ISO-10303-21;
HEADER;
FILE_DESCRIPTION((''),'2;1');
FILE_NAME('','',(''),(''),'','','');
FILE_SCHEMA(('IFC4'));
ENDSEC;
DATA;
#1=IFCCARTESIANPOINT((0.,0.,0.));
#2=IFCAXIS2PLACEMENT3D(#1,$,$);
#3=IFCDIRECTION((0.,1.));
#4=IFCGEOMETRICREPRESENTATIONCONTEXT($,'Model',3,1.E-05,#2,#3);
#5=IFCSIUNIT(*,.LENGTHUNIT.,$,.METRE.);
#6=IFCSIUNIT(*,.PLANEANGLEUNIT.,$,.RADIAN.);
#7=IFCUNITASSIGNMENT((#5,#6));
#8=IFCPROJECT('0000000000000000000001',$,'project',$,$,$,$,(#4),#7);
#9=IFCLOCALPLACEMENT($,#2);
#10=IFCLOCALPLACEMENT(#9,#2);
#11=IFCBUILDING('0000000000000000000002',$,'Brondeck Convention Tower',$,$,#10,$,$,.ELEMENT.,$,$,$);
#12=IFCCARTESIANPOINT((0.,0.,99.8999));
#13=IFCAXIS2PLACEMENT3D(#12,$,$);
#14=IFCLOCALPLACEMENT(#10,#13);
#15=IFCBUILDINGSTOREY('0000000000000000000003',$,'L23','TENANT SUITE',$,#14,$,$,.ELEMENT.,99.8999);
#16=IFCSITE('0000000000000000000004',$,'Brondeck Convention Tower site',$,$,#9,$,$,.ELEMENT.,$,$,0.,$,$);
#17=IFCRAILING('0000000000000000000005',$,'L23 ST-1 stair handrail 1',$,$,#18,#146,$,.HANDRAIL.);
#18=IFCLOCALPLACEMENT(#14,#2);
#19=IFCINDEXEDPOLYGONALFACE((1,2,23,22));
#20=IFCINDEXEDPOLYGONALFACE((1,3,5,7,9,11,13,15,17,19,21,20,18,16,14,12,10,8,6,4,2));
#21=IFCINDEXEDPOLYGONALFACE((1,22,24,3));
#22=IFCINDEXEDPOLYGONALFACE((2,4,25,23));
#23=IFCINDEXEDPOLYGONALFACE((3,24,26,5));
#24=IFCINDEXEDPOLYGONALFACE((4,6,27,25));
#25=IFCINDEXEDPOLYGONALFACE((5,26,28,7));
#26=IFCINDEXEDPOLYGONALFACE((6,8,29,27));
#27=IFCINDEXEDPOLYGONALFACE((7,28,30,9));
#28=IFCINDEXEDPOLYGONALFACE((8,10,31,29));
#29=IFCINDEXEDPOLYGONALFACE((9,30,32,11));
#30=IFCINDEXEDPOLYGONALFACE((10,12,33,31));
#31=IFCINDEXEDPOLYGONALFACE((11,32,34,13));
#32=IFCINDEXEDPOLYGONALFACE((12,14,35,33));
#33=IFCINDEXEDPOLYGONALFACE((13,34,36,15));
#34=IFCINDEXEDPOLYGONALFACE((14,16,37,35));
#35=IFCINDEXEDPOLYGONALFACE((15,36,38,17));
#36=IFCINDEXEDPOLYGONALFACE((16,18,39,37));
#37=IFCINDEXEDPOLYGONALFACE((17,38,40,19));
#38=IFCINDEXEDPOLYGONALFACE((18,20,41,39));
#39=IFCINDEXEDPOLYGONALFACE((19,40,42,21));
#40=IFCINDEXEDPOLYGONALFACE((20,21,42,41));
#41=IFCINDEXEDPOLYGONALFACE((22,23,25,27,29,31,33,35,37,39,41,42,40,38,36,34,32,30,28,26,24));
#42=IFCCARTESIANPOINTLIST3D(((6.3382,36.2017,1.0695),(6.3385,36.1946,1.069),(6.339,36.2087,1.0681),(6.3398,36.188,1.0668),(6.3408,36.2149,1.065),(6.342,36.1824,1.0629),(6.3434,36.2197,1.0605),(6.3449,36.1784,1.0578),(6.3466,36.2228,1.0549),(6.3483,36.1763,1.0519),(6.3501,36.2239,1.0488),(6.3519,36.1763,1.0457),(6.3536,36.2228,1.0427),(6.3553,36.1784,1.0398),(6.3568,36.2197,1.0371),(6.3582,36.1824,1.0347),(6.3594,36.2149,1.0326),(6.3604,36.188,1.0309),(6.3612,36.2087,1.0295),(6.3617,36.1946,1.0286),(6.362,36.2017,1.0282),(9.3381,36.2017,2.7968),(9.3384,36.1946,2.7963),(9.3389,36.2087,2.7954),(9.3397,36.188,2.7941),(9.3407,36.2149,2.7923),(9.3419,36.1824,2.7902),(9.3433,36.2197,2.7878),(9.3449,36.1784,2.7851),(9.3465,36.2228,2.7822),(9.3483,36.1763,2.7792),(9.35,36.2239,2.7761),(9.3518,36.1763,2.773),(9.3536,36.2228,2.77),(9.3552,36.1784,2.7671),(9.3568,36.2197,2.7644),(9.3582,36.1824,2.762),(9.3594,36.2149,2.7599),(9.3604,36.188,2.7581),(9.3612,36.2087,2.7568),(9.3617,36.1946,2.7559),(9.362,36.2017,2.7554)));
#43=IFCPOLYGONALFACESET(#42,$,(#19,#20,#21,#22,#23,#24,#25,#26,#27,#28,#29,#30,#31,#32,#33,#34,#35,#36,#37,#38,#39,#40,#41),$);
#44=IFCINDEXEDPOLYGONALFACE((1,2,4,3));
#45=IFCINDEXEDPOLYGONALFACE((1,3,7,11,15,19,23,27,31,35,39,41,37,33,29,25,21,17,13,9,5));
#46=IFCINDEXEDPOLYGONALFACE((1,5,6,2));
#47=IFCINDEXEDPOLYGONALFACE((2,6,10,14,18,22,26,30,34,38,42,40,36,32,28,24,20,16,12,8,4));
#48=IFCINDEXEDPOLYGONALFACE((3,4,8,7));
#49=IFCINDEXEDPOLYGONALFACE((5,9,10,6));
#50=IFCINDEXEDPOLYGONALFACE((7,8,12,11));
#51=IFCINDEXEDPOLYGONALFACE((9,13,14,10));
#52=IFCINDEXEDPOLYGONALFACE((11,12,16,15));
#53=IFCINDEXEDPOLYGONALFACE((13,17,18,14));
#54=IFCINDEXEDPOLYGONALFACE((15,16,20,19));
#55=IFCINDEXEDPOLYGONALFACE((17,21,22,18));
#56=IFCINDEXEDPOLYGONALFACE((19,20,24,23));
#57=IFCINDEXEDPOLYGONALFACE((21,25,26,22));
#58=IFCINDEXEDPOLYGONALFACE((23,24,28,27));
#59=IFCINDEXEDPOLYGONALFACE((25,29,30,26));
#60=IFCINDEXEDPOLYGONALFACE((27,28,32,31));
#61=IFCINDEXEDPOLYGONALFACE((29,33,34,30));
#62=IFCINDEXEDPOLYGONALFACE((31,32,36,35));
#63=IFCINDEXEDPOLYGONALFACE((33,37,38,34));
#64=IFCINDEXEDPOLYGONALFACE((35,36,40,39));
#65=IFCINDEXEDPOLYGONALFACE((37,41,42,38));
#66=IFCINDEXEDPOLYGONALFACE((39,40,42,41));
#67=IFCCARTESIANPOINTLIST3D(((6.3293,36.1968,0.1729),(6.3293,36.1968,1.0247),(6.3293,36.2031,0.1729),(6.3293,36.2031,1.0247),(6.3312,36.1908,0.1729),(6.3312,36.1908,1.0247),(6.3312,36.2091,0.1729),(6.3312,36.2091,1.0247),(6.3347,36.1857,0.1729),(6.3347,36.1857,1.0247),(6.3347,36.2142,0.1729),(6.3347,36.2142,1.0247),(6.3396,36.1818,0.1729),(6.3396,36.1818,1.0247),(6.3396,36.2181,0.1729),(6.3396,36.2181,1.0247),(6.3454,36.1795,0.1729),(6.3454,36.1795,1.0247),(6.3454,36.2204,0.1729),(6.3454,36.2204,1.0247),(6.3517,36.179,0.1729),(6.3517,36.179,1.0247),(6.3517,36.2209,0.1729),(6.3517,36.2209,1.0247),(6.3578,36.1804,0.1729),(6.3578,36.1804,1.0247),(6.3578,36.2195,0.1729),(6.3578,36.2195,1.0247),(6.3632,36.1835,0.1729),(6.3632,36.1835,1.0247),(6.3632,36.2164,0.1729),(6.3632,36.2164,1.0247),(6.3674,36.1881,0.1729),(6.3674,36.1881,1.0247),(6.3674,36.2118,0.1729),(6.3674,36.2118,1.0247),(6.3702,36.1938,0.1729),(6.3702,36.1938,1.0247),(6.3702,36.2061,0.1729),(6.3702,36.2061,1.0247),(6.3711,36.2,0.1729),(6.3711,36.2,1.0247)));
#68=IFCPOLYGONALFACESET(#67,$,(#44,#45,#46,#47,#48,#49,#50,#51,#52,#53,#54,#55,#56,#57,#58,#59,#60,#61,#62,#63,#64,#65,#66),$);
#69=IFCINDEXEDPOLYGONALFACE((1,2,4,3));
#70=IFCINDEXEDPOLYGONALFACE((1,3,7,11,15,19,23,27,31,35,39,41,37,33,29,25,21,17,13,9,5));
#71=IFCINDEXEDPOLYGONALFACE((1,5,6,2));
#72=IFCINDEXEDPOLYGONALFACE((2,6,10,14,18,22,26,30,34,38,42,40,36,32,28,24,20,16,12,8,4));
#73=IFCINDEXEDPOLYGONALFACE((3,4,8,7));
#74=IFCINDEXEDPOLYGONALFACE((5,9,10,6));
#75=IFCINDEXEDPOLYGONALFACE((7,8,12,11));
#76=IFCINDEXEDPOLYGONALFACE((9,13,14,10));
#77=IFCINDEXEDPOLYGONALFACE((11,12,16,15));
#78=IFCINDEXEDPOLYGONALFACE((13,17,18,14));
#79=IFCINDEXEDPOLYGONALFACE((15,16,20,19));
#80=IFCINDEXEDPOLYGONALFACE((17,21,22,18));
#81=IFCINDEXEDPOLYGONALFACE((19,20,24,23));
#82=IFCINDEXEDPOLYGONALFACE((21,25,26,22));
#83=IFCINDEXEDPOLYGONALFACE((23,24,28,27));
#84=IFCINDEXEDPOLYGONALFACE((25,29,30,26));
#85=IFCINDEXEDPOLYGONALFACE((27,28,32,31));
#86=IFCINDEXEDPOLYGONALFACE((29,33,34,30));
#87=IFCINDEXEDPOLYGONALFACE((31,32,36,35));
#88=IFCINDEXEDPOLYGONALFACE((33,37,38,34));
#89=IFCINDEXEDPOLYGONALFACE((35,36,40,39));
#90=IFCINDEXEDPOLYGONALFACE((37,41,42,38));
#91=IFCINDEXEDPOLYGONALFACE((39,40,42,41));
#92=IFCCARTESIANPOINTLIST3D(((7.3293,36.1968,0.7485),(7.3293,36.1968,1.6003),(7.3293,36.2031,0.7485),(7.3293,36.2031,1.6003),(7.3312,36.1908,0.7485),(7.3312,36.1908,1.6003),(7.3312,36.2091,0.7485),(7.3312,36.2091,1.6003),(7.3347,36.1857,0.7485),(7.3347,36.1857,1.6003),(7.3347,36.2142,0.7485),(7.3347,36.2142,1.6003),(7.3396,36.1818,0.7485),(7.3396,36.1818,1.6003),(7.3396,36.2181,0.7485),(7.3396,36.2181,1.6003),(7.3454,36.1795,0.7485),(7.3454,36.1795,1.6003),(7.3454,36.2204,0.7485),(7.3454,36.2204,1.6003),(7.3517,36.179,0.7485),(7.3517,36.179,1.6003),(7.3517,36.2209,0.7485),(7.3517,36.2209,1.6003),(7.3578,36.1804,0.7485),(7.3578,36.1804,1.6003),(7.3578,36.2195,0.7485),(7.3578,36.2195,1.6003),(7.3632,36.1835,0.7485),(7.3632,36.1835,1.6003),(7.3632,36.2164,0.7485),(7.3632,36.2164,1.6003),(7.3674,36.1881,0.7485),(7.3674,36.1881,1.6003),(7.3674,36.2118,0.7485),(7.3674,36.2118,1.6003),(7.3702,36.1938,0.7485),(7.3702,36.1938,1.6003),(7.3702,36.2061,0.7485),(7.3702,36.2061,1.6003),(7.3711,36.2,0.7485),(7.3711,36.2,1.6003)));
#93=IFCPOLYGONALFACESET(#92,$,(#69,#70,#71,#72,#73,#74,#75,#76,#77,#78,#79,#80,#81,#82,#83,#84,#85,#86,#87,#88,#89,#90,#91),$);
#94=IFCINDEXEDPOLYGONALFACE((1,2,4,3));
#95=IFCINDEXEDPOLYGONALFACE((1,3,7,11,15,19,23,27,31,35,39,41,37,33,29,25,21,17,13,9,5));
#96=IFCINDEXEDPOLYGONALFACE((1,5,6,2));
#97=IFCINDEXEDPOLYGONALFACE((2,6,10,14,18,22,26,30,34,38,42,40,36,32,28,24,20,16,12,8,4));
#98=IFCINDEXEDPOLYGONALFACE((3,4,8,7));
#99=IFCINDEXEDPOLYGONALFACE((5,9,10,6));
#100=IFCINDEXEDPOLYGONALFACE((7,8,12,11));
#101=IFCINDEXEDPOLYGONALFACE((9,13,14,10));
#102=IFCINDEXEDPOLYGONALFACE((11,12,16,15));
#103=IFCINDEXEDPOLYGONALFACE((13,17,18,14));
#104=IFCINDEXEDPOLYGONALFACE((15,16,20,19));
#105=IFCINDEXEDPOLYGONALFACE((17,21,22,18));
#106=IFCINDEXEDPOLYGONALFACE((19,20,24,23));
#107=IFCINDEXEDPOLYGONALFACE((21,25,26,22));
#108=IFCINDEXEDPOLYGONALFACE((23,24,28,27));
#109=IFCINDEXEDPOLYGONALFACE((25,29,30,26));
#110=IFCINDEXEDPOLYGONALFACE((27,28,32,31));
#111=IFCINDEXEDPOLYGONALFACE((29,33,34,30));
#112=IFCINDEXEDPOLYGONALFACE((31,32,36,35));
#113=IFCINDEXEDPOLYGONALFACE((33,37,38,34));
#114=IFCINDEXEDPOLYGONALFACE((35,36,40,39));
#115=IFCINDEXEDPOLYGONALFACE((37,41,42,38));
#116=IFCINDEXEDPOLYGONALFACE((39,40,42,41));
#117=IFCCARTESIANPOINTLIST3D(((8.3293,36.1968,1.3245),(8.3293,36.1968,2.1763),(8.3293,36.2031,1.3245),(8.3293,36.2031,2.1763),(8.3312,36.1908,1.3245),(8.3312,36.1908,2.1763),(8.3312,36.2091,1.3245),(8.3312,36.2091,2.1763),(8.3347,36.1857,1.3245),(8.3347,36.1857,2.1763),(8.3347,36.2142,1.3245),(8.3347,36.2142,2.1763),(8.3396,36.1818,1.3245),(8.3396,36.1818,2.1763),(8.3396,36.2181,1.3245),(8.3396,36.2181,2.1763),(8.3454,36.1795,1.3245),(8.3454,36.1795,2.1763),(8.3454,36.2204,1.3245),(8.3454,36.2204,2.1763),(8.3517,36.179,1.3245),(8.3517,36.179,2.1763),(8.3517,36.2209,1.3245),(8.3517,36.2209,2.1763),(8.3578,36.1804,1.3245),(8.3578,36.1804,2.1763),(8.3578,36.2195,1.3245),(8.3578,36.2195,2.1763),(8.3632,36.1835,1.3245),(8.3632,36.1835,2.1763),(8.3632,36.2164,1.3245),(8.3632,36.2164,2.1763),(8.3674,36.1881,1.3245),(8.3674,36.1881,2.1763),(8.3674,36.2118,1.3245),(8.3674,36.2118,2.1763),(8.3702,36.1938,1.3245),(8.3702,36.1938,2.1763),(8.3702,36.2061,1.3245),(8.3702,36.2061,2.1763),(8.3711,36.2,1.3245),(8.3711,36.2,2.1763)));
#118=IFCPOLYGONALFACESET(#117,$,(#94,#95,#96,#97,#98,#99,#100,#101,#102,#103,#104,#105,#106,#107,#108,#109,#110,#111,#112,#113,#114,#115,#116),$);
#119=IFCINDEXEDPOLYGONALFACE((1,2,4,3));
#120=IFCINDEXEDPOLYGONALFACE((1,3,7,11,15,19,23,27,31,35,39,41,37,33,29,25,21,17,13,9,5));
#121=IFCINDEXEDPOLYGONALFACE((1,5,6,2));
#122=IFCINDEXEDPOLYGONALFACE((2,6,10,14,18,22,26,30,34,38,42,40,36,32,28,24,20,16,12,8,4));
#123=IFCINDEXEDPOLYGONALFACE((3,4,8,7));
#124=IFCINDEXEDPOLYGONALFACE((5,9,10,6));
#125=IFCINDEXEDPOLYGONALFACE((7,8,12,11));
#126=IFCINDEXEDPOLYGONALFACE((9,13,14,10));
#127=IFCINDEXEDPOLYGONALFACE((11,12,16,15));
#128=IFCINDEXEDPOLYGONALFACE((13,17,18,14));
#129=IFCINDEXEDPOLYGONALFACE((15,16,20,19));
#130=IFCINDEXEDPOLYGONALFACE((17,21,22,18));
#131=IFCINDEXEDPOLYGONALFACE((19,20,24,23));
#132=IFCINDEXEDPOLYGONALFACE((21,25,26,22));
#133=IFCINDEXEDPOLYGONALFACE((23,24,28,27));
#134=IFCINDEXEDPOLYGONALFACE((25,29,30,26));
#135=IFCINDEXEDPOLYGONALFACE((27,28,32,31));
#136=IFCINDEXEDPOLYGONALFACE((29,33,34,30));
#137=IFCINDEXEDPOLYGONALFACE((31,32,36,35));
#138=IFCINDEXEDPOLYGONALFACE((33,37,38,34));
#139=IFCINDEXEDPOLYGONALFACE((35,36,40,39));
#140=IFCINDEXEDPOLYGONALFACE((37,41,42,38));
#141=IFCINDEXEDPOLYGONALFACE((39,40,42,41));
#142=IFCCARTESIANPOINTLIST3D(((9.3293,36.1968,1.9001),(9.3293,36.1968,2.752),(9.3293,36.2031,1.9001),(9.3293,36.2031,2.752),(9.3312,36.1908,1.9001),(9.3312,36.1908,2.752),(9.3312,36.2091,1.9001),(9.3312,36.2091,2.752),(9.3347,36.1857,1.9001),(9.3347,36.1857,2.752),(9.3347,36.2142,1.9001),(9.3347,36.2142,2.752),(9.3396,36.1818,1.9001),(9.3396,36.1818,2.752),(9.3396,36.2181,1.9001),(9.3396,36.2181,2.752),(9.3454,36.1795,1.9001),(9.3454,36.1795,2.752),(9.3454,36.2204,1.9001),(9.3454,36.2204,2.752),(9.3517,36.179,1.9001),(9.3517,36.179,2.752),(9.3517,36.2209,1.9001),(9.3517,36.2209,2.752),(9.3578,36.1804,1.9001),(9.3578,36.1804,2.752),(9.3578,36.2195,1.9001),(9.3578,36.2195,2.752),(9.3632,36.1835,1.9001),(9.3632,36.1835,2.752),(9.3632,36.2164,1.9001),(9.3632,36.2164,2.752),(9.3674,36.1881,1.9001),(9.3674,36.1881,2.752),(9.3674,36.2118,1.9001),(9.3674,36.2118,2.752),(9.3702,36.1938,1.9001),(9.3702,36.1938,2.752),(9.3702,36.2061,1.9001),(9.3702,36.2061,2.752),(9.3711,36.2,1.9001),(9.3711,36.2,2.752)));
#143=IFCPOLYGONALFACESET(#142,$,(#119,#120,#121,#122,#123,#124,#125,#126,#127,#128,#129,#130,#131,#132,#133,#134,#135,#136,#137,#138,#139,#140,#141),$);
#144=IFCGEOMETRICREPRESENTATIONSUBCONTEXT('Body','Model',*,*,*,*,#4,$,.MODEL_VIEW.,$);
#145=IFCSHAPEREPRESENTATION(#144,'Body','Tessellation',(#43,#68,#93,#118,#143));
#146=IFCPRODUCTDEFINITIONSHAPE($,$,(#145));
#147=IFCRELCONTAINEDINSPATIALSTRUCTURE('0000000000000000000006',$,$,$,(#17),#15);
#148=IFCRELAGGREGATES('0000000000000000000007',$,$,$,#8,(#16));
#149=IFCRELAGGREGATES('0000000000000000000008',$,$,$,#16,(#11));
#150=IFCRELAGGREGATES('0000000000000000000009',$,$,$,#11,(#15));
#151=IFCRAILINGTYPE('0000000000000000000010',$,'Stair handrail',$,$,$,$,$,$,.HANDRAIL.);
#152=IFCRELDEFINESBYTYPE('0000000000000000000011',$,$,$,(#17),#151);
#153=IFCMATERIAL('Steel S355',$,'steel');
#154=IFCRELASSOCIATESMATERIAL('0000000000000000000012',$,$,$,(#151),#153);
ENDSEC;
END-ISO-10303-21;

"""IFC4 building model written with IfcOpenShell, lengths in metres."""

from ifc_helpers import new_model, si_unit, direction, frame, origin, origin_2d, place, context, subcontext, project, spatial, circle, extrude, material, type_object, element, save


model = new_model("IFC4")

# Units and contexts
model_context = context("Model", 3, precision=1e-05, world=origin(), true_north=direction((0.0, 1.0)))
body_context = subcontext(model_context, "Body", "Model", "MODEL_VIEW")
ifc_project = project(units=[si_unit("LENGTHUNIT", "METRE"), si_unit("PLANEANGLEUNIT", "RADIAN")], contexts=[model_context])

# Site, building, storey
site_placement = place(None, origin())
site = spatial("IfcSite", under=ifc_project, at=site_placement, Name="Brondeck Convention Tower site", CompositionType="ELEMENT", RefElevation=0.0)
building_placement = place(site_placement, origin())
building = spatial("IfcBuilding", under=site, at=building_placement, Name="Brondeck Convention Tower", CompositionType="ELEMENT")
storey_placement = place(building_placement, frame((0.0, 0.0, 99.8999)))
storey = spatial("IfcBuildingStorey", under=building, at=storey_placement, Name="L23", Description="TENANT SUITE", CompositionType="ELEMENT", Elevation=99.8999)

# Railing
ifc_material_1 = material(Name="Steel S355", Category="steel")
railing_type_1 = type_object("IfcRailingType", Name="Stair handrail", PredefinedType="HANDRAIL", material=ifc_material_1)
railing_1_placement = place(storey_placement, frame((6.3501, 36.2, 0.1729)))
element("IfcRailing", 1, at=railing_1_placement, inside=storey, type_object=railing_type_1, Name="L23 ST-1 stair handrail 1", PredefinedType="HANDRAIL", context=body_context, shape_type="SweptSolid", body=[
    extrude(circle(Radius=0.0239, at=origin_2d()), frame((0.0, 0.0, 0.876), z_axis=(0.86662, 0.0, 0.498969), x_axis=(0.0, 1.0, 0.0)), (0.0, 0.0, 1.0), 3.4617),
    extrude(circle(Radius=0.021, at=origin_2d()), origin(), (0.0, 0.0, 1.0), 0.8518),
    extrude(circle(Radius=0.021, at=origin_2d()), frame((1.0, 0.0, 0.5757)), (0.0, 0.0, 1.0), 0.8518),
    extrude(circle(Radius=0.021, at=origin_2d()), frame((2.0, 0.0, 1.1516)), (0.0, 0.0, 1.0), 0.8518),
    extrude(circle(Radius=0.021, at=origin_2d()), frame((3.0, 0.0, 1.7273)), (0.0, 0.0, 1.0), 0.8518),
])

save(model, "model.ifc")
